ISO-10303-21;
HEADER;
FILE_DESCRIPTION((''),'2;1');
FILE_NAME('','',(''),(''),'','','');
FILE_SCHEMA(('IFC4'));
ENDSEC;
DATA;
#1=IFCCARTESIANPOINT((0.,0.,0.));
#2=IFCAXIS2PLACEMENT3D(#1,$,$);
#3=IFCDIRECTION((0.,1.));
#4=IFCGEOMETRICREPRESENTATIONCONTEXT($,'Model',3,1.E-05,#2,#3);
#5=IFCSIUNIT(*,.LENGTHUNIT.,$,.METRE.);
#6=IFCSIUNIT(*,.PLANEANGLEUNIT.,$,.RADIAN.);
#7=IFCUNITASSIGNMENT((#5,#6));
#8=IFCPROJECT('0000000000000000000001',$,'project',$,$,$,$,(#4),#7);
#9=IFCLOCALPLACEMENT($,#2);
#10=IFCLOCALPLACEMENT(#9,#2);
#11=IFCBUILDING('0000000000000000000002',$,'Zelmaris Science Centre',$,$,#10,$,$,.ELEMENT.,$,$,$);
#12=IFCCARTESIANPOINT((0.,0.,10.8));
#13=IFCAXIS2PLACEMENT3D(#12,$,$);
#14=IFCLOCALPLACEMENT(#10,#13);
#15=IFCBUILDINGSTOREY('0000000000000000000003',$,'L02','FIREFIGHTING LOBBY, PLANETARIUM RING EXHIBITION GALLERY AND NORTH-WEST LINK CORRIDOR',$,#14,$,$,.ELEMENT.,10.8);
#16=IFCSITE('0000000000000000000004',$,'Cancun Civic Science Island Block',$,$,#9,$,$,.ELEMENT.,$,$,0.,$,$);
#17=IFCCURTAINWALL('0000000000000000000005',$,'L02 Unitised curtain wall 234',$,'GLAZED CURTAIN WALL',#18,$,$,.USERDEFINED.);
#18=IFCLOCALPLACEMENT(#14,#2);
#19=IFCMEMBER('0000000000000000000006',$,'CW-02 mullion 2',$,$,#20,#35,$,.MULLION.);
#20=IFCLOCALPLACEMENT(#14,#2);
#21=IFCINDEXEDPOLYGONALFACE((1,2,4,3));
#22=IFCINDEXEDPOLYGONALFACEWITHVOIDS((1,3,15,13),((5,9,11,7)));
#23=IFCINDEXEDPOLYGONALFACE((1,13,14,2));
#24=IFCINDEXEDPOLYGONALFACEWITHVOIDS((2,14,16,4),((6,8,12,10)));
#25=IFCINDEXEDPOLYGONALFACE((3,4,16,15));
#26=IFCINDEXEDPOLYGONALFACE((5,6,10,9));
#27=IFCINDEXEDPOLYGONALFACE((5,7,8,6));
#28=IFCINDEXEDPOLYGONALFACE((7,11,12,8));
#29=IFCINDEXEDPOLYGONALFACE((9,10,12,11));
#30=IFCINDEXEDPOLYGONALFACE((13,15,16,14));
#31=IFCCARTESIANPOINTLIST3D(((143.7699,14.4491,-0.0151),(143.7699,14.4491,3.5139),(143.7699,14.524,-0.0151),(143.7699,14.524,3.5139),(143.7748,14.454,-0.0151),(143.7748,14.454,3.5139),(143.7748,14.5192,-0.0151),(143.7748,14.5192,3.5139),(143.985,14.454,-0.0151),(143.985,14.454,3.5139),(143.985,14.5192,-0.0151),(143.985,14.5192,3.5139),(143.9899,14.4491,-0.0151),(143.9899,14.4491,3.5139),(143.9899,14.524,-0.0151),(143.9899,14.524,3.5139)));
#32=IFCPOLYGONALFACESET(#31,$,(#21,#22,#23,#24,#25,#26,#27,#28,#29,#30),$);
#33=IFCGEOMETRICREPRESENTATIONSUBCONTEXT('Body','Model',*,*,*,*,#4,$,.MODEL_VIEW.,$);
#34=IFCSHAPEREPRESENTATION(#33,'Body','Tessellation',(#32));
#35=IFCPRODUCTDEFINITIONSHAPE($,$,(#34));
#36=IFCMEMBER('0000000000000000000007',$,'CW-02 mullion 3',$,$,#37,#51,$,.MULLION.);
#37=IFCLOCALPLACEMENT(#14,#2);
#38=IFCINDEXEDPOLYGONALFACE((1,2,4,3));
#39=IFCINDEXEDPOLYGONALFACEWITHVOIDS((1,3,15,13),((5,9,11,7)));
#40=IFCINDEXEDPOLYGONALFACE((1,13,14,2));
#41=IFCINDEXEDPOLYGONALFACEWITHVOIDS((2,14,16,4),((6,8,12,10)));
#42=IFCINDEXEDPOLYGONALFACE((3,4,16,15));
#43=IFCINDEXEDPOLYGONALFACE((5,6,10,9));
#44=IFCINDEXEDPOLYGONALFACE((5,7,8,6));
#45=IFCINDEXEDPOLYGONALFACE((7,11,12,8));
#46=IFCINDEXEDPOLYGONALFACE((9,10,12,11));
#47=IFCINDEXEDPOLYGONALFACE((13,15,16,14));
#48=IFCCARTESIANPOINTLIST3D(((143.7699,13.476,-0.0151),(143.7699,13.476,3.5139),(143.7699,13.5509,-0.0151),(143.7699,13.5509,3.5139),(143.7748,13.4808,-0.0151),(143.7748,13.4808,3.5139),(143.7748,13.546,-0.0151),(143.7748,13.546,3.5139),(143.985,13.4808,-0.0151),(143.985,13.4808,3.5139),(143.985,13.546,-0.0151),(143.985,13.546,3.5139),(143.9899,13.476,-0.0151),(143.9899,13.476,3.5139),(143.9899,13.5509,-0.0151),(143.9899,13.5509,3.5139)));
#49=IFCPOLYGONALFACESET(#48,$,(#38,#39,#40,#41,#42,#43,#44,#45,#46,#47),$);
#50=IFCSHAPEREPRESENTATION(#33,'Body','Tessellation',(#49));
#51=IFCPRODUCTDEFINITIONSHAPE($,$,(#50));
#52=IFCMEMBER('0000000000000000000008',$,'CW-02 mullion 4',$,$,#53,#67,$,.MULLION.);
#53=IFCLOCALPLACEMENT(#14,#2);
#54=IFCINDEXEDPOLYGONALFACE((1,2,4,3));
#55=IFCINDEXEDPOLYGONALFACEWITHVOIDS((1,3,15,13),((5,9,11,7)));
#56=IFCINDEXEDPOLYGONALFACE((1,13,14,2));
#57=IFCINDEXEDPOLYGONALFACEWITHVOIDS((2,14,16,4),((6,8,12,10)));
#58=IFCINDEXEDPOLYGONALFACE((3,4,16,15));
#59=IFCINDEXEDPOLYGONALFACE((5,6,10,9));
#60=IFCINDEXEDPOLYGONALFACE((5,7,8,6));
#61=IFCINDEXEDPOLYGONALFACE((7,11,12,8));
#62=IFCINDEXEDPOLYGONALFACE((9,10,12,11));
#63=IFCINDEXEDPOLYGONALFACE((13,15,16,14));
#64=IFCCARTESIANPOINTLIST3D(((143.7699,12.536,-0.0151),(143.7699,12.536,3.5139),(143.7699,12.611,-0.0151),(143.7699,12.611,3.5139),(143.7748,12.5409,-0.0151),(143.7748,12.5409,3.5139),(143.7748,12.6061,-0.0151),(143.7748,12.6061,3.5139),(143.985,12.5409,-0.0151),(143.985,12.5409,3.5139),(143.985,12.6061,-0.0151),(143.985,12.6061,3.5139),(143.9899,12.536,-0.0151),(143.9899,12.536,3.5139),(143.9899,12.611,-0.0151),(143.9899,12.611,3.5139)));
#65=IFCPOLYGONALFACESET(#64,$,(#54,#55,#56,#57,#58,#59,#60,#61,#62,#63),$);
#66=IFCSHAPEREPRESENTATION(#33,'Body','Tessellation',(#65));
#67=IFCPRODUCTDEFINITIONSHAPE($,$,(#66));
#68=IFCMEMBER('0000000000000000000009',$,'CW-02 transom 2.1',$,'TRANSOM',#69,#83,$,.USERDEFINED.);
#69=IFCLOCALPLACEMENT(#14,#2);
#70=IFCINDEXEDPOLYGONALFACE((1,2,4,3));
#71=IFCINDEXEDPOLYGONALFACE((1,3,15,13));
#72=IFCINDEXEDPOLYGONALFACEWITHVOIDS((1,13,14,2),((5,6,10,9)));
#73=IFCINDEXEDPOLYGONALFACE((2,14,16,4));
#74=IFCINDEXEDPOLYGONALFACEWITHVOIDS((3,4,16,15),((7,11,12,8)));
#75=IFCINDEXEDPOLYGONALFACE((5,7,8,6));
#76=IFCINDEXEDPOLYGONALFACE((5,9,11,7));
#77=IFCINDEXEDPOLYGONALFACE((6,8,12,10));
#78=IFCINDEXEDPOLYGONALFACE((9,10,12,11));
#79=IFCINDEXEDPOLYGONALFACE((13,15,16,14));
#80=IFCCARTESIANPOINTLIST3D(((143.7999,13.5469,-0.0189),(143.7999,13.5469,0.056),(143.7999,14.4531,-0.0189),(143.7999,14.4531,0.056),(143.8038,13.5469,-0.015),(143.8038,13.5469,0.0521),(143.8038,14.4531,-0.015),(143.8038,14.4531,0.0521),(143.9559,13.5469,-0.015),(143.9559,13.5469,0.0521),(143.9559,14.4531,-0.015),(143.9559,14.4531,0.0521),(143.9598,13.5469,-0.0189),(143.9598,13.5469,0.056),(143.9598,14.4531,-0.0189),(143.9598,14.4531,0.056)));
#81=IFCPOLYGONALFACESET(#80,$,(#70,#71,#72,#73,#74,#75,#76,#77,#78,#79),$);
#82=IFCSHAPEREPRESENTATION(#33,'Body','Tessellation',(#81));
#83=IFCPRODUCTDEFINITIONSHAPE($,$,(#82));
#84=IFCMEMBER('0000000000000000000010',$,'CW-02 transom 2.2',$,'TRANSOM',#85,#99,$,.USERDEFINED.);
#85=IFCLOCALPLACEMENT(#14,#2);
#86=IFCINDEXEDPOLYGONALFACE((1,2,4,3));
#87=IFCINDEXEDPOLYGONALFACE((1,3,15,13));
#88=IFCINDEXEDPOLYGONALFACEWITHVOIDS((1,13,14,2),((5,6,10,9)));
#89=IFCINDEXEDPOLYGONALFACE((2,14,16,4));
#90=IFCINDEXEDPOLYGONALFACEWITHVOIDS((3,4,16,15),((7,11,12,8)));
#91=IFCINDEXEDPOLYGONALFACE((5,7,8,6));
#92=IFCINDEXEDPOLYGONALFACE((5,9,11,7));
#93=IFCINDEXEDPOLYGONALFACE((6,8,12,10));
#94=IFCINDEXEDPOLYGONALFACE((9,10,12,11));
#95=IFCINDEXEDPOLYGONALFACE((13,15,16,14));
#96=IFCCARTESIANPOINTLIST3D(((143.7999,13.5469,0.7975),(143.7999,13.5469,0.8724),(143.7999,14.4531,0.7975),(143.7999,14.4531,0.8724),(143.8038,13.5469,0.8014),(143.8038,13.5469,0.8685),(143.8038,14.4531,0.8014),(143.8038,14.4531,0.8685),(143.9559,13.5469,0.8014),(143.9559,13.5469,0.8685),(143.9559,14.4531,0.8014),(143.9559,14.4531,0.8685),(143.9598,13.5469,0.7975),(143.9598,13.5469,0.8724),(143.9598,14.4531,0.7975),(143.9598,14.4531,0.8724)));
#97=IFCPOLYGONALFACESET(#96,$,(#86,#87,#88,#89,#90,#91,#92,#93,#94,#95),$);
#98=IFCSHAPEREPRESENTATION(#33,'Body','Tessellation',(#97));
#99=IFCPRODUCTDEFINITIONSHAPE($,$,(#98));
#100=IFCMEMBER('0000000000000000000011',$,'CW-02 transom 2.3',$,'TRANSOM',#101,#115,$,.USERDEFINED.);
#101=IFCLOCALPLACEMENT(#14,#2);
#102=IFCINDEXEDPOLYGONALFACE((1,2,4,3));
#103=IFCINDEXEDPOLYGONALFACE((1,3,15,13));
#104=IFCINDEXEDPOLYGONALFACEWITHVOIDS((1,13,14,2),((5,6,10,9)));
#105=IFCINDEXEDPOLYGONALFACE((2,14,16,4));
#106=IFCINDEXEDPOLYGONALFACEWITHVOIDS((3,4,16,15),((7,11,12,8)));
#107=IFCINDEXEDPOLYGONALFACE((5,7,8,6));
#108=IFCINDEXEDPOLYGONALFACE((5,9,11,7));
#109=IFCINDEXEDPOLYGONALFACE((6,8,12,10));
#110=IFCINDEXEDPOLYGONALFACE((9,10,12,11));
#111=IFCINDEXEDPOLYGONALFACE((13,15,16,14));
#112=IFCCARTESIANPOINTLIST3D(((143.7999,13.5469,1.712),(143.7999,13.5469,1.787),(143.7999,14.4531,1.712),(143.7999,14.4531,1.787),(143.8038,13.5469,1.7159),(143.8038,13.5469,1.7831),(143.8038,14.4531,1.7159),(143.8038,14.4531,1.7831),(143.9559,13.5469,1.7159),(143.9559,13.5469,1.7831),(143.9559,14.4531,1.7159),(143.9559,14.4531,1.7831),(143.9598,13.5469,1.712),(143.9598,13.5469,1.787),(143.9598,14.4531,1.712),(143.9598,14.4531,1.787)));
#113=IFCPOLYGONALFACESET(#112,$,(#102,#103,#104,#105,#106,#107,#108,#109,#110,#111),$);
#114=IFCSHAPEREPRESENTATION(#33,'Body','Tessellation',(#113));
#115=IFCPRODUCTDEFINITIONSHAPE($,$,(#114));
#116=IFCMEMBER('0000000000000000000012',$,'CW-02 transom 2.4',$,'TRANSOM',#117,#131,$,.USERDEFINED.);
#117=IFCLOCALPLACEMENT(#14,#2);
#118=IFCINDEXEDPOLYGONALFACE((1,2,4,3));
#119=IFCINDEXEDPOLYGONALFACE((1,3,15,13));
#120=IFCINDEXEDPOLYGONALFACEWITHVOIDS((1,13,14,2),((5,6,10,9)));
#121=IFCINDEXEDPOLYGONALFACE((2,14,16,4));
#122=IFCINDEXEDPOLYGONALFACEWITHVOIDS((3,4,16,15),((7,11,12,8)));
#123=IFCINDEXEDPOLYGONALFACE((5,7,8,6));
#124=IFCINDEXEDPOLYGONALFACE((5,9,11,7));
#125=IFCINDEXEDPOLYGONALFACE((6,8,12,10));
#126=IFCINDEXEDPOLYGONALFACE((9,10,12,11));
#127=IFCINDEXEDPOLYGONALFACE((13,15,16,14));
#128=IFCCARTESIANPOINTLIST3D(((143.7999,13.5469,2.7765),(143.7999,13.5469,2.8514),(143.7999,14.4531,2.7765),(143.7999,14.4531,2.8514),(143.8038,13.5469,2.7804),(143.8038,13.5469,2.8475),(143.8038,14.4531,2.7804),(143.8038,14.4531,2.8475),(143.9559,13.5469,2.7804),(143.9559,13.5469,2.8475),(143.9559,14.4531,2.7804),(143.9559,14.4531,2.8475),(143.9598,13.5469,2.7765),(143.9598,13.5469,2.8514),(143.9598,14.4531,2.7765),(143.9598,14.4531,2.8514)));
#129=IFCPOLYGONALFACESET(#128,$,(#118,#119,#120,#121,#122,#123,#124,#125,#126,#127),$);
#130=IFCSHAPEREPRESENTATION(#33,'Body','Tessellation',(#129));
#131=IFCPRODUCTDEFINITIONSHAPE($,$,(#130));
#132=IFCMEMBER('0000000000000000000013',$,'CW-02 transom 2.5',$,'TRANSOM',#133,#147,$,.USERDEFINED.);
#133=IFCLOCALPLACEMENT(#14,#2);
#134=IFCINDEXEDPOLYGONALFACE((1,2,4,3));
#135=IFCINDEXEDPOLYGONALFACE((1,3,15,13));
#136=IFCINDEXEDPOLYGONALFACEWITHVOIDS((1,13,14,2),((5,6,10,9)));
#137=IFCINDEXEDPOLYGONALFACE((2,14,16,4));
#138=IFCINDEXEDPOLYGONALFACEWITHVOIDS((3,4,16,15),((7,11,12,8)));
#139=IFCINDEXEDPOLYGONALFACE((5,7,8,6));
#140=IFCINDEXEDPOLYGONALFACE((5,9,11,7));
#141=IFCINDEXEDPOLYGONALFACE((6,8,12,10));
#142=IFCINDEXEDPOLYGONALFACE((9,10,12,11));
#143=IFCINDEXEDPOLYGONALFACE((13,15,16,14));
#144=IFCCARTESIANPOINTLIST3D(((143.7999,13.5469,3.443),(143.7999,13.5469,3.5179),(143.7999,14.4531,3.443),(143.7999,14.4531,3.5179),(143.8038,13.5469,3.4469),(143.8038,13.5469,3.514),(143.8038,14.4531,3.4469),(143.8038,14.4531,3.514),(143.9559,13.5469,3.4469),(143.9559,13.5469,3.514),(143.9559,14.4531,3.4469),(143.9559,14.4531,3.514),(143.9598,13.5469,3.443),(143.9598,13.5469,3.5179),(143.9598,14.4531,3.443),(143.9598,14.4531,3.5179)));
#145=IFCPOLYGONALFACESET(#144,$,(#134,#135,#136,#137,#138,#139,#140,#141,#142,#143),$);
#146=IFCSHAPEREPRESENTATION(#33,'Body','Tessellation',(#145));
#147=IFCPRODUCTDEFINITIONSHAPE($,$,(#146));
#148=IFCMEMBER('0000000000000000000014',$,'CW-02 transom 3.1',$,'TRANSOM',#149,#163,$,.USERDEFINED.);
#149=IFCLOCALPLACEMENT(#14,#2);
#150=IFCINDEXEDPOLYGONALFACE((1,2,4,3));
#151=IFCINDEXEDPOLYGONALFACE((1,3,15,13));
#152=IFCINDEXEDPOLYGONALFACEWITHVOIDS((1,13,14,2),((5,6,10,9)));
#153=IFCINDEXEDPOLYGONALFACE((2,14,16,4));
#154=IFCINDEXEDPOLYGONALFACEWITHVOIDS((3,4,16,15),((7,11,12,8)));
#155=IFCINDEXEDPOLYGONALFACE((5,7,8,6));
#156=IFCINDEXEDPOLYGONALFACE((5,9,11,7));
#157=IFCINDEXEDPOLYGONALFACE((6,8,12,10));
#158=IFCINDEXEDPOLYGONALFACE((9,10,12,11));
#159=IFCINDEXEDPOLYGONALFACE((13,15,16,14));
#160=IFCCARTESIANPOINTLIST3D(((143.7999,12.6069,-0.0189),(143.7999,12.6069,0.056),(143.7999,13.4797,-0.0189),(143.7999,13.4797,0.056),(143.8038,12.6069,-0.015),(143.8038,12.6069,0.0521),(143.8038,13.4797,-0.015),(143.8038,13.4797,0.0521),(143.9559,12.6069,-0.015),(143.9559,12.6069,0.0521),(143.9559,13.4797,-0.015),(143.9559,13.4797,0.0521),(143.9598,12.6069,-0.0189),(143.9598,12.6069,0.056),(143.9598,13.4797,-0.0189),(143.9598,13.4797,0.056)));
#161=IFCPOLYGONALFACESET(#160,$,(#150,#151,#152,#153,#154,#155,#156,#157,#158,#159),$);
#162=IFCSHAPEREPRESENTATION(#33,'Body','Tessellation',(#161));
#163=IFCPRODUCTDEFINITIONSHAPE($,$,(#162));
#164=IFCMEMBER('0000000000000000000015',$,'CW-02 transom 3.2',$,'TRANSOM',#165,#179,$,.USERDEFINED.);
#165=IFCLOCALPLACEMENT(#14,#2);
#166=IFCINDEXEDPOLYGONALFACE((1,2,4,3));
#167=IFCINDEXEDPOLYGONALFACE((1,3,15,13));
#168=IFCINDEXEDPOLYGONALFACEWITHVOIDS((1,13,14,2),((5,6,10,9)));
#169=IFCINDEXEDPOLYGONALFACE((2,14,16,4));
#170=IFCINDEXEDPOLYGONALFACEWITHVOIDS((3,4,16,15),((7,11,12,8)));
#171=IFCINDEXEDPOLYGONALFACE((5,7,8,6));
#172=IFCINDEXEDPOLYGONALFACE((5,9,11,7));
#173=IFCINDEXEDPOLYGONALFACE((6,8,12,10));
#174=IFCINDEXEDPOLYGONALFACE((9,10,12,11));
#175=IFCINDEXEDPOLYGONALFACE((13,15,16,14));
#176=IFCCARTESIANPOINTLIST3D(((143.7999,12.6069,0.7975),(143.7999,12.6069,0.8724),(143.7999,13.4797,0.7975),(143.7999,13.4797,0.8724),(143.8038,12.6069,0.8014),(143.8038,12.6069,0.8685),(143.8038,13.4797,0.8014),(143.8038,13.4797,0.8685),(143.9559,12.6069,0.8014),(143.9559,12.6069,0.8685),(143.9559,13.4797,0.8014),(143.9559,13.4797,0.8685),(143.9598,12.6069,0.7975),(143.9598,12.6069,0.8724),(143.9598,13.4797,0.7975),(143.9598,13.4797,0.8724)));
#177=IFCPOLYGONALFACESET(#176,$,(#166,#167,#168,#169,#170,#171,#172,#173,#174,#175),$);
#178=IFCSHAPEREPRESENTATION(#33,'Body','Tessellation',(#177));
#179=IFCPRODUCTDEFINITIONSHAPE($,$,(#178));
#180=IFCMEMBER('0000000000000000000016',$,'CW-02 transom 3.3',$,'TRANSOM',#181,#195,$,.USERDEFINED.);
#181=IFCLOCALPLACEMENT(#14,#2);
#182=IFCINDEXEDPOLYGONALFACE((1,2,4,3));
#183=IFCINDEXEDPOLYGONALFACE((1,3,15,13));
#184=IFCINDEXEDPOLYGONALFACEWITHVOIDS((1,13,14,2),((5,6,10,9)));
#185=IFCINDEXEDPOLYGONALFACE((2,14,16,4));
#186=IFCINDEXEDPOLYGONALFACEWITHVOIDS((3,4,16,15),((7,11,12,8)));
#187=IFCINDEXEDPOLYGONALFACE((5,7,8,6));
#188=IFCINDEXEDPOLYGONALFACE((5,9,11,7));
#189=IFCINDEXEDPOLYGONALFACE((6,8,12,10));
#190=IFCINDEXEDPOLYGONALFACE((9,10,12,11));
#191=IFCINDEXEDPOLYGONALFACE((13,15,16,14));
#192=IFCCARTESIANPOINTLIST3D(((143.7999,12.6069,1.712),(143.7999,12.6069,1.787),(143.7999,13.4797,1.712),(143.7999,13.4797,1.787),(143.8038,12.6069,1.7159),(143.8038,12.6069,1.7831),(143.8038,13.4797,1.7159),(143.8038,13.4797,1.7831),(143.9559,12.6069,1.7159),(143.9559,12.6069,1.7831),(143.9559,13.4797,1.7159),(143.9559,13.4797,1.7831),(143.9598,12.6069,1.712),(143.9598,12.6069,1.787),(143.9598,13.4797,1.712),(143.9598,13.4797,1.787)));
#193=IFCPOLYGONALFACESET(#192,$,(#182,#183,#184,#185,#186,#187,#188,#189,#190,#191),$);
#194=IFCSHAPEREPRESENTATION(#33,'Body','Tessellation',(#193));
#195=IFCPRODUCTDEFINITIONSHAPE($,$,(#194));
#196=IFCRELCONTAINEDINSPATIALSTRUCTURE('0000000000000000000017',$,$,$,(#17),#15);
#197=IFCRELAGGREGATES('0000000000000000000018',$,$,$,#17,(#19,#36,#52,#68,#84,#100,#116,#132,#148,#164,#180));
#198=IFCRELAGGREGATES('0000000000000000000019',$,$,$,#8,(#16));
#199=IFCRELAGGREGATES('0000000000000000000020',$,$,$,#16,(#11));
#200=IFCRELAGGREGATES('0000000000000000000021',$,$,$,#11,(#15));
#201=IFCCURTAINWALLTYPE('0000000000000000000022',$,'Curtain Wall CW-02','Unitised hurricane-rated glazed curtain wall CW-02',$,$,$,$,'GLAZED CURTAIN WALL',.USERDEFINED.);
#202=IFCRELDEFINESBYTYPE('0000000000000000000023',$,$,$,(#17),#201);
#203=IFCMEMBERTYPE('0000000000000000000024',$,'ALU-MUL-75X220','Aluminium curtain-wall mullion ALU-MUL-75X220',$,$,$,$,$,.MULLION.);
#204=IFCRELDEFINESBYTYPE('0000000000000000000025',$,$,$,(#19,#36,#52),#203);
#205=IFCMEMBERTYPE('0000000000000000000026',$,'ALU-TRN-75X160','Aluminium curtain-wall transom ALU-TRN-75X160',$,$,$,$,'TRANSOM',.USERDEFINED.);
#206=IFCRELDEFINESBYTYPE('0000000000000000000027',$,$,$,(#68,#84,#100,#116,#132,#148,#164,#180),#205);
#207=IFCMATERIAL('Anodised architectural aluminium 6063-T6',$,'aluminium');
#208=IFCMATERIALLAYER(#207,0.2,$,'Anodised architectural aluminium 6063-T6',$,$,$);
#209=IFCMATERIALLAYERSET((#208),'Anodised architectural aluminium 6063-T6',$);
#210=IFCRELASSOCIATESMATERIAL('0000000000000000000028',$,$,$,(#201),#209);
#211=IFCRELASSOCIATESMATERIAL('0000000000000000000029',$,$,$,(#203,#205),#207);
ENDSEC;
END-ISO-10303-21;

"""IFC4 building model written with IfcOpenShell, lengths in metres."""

from ifc_helpers import new_model, si_unit, direction, frame, origin, origin_2d, place, context, subcontext, project, spatial, hollow_rectangle, extrude, material, layer, layer_set, material_profile, profile_set, type_object, element, aggregate, save


model = new_model("IFC4")

# Units and contexts
model_context = context("Model", 3, precision=1e-05, world=origin(), true_north=direction((0.0, 1.0)))
body_context = subcontext(model_context, "Body", "Model", "MODEL_VIEW")
ifc_project = project(units=[si_unit("LENGTHUNIT", "METRE"), si_unit("PLANEANGLEUNIT", "RADIAN")], contexts=[model_context])

# Site, building, storey
site_placement = place(None, origin())
site = spatial("IfcSite", under=ifc_project, at=site_placement, Name="Cancun Civic Science Island Block", CompositionType="ELEMENT", RefElevation=0.0)
building_placement = place(site_placement, origin())
building = spatial("IfcBuilding", under=site, at=building_placement, Name="Zelmaris Science Centre", CompositionType="ELEMENT")
storey_placement = place(building_placement, frame((0.0, 0.0, 10.8)))
storey = spatial("IfcBuildingStorey", under=building, at=storey_placement, Name="L02", Description="FIREFIGHTING LOBBY, PLANETARIUM RING EXHIBITION GALLERY AND NORTH-WEST LINK CORRIDOR", CompositionType="ELEMENT", Elevation=10.8)

# Curtain wall, members
ifc_material_1 = material(Name="Anodised architectural aluminium 6063-T6", Category="aluminium")
ifc_layer_1 = layer(ifc_material_1, 0.2, Name="Anodised architectural aluminium 6063-T6")
ifc_layer_set_1 = layer_set([ifc_layer_1], Name="Anodised architectural aluminium 6063-T6")
curtain_wall_type = type_object("IfcCurtainWallType", Name="Curtain Wall CW-02", Description="Unitised hurricane-rated glazed curtain wall CW-02", ElementType="GLAZED CURTAIN WALL", PredefinedType="USERDEFINED", material=ifc_layer_set_1)
curtain_wall_placement = place(storey_placement, origin())
curtain_wall = element("IfcCurtainWall", 1, at=curtain_wall_placement, inside=storey, type_object=curtain_wall_type, Name="L02 Unitised curtain wall 234", ObjectType="GLAZED CURTAIN WALL", PredefinedType="USERDEFINED")
ifc_material_profile_1 = material_profile(ifc_material_1, hollow_rectangle(XDim=0.075, YDim=0.22, WallThickness=0.0049, at=origin_2d()), Name="ALU-MUL-75X220")
ifc_profile_set_1 = profile_set([ifc_material_profile_1], Name="Anodised architectural aluminium 6063-T6")
member_type_1 = type_object("IfcMemberType", Name="ALU-MUL-75X220", Description="Aluminium curtain-wall mullion ALU-MUL-75X220", PredefinedType="MULLION", material=ifc_profile_set_1)
member_1_placement = place(storey_placement, frame((143.8799, 14.4866, -0.0151), z_axis=(0.0, 0.0, 1.0), x_axis=(0.0, -1.0, 0.0)))
member_1 = element("IfcMember", 2, at=member_1_placement, type_object=member_type_1, Name="CW-02 mullion 2", PredefinedType="MULLION", context=body_context, shape_type="SweptSolid", body=[
    extrude(hollow_rectangle(XDim=0.075, YDim=0.22, WallThickness=0.0049, at=origin_2d()), origin(), (0.0, 0.0, 1.0), 3.5291),
])
member_2_placement = place(storey_placement, frame((143.8799, 13.5134, -0.0151), z_axis=(0.0, 0.0, 1.0), x_axis=(0.0, -1.0, 0.0)))
member_2 = element("IfcMember", 3, at=member_2_placement, type_object=member_type_1, Name="CW-02 mullion 3", PredefinedType="MULLION", context=body_context, shape_type="SweptSolid", body=[
    extrude(hollow_rectangle(XDim=0.075, YDim=0.22, WallThickness=0.0049, at=origin_2d()), origin(), (0.0, 0.0, 1.0), 3.5291),
])
member_3_placement = place(storey_placement, frame((143.8799, 12.5735, -0.0151), z_axis=(0.0, 0.0, 1.0), x_axis=(0.0, -1.0, 0.0)))
member_3 = element("IfcMember", 4, at=member_3_placement, type_object=member_type_1, Name="CW-02 mullion 4", PredefinedType="MULLION", context=body_context, shape_type="SweptSolid", body=[
    extrude(hollow_rectangle(XDim=0.075, YDim=0.22, WallThickness=0.0049, at=origin_2d()), origin(), (0.0, 0.0, 1.0), 3.5291),
])
ifc_material_profile_2 = material_profile(ifc_material_1, hollow_rectangle(XDim=0.075, YDim=0.1599, WallThickness=0.0039, at=origin_2d()), Name="ALU-TRN-75X160")
ifc_profile_set_2 = profile_set([ifc_material_profile_2], Name="Anodised architectural aluminium 6063-T6")
member_type_2 = type_object("IfcMemberType", Name="ALU-TRN-75X160", Description="Aluminium curtain-wall transom ALU-TRN-75X160", ElementType="TRANSOM", PredefinedType="USERDEFINED", material=ifc_profile_set_2)
member_4_placement = place(storey_placement, frame((143.8799, 14.4531, 0.0186), z_axis=(0.0, -1.0, 0.0), x_axis=(0.0, 0.0, 1.0)))
member_4 = element("IfcMember", 5, at=member_4_placement, type_object=member_type_2, Name="CW-02 transom 2.1", ObjectType="TRANSOM", PredefinedType="USERDEFINED", context=body_context, shape_type="SweptSolid", body=[
    extrude(hollow_rectangle(XDim=0.075, YDim=0.1599, WallThickness=0.0039, at=origin_2d()), origin(), (0.0, 0.0, 1.0), 0.9062),
])
member_5_placement = place(storey_placement, frame((143.8799, 14.4531, 0.835), z_axis=(0.0, -1.0, 0.0), x_axis=(0.0, 0.0, 1.0)))
member_5 = element("IfcMember", 6, at=member_5_placement, type_object=member_type_2, Name="CW-02 transom 2.2", ObjectType="TRANSOM", PredefinedType="USERDEFINED", context=body_context, shape_type="SweptSolid", body=[
    extrude(hollow_rectangle(XDim=0.075, YDim=0.1599, WallThickness=0.0039, at=origin_2d()), origin(), (0.0, 0.0, 1.0), 0.9062),
])
member_6_placement = place(storey_placement, frame((143.8799, 14.4531, 1.7495), z_axis=(0.0, -1.0, 0.0), x_axis=(0.0, 0.0, 1.0)))
member_6 = element("IfcMember", 7, at=member_6_placement, type_object=member_type_2, Name="CW-02 transom 2.3", ObjectType="TRANSOM", PredefinedType="USERDEFINED", context=body_context, shape_type="SweptSolid", body=[
    extrude(hollow_rectangle(XDim=0.075, YDim=0.1599, WallThickness=0.0039, at=origin_2d()), origin(), (0.0, 0.0, 1.0), 0.9062),
])
member_7_placement = place(storey_placement, frame((143.8799, 14.4531, 2.814), z_axis=(0.0, -1.0, 0.0), x_axis=(0.0, 0.0, 1.0)))
member_7 = element("IfcMember", 8, at=member_7_placement, type_object=member_type_2, Name="CW-02 transom 2.4", ObjectType="TRANSOM", PredefinedType="USERDEFINED", context=body_context, shape_type="SweptSolid", body=[
    extrude(hollow_rectangle(XDim=0.075, YDim=0.1599, WallThickness=0.0039, at=origin_2d()), origin(), (0.0, 0.0, 1.0), 0.9062),
])
member_8_placement = place(storey_placement, frame((143.8799, 14.4531, 3.4805), z_axis=(0.0, -1.0, 0.0), x_axis=(0.0, 0.0, 1.0)))
member_8 = element("IfcMember", 9, at=member_8_placement, type_object=member_type_2, Name="CW-02 transom 2.5", ObjectType="TRANSOM", PredefinedType="USERDEFINED", context=body_context, shape_type="SweptSolid", body=[
    extrude(hollow_rectangle(XDim=0.075, YDim=0.1599, WallThickness=0.0039, at=origin_2d()), origin(), (0.0, 0.0, 1.0), 0.9062),
])
member_9_placement = place(storey_placement, frame((143.8799, 13.4797, 0.0186), z_axis=(0.0, -1.0, 0.0), x_axis=(0.0, 0.0, 1.0)))
member_9 = element("IfcMember", 10, at=member_9_placement, type_object=member_type_2, Name="CW-02 transom 3.1", ObjectType="TRANSOM", PredefinedType="USERDEFINED", context=body_context, shape_type="SweptSolid", body=[
    extrude(hollow_rectangle(XDim=0.075, YDim=0.1599, WallThickness=0.0039, at=origin_2d()), origin(), (0.0, 0.0, 1.0), 0.8728),
])
member_10_placement = place(storey_placement, frame((143.8799, 13.4797, 0.835), z_axis=(0.0, -1.0, 0.0), x_axis=(0.0, 0.0, 1.0)))
member_10 = element("IfcMember", 11, at=member_10_placement, type_object=member_type_2, Name="CW-02 transom 3.2", ObjectType="TRANSOM", PredefinedType="USERDEFINED", context=body_context, shape_type="SweptSolid", body=[
    extrude(hollow_rectangle(XDim=0.075, YDim=0.1599, WallThickness=0.0039, at=origin_2d()), origin(), (0.0, 0.0, 1.0), 0.8728),
])
member_11_placement = place(storey_placement, frame((143.8799, 13.4797, 1.7495), z_axis=(0.0, -1.0, 0.0), x_axis=(0.0, 0.0, 1.0)))
member_11 = element("IfcMember", 12, at=member_11_placement, type_object=member_type_2, Name="CW-02 transom 3.3", ObjectType="TRANSOM", PredefinedType="USERDEFINED", context=body_context, shape_type="SweptSolid", body=[
    extrude(hollow_rectangle(XDim=0.075, YDim=0.1599, WallThickness=0.0039, at=origin_2d()), origin(), (0.0, 0.0, 1.0), 0.8728),
])
aggregate(curtain_wall, [member_1, member_2, member_3, member_4, member_5, member_6, member_7, member_8, member_9, member_10, member_11])

save(model, "model.ifc")
